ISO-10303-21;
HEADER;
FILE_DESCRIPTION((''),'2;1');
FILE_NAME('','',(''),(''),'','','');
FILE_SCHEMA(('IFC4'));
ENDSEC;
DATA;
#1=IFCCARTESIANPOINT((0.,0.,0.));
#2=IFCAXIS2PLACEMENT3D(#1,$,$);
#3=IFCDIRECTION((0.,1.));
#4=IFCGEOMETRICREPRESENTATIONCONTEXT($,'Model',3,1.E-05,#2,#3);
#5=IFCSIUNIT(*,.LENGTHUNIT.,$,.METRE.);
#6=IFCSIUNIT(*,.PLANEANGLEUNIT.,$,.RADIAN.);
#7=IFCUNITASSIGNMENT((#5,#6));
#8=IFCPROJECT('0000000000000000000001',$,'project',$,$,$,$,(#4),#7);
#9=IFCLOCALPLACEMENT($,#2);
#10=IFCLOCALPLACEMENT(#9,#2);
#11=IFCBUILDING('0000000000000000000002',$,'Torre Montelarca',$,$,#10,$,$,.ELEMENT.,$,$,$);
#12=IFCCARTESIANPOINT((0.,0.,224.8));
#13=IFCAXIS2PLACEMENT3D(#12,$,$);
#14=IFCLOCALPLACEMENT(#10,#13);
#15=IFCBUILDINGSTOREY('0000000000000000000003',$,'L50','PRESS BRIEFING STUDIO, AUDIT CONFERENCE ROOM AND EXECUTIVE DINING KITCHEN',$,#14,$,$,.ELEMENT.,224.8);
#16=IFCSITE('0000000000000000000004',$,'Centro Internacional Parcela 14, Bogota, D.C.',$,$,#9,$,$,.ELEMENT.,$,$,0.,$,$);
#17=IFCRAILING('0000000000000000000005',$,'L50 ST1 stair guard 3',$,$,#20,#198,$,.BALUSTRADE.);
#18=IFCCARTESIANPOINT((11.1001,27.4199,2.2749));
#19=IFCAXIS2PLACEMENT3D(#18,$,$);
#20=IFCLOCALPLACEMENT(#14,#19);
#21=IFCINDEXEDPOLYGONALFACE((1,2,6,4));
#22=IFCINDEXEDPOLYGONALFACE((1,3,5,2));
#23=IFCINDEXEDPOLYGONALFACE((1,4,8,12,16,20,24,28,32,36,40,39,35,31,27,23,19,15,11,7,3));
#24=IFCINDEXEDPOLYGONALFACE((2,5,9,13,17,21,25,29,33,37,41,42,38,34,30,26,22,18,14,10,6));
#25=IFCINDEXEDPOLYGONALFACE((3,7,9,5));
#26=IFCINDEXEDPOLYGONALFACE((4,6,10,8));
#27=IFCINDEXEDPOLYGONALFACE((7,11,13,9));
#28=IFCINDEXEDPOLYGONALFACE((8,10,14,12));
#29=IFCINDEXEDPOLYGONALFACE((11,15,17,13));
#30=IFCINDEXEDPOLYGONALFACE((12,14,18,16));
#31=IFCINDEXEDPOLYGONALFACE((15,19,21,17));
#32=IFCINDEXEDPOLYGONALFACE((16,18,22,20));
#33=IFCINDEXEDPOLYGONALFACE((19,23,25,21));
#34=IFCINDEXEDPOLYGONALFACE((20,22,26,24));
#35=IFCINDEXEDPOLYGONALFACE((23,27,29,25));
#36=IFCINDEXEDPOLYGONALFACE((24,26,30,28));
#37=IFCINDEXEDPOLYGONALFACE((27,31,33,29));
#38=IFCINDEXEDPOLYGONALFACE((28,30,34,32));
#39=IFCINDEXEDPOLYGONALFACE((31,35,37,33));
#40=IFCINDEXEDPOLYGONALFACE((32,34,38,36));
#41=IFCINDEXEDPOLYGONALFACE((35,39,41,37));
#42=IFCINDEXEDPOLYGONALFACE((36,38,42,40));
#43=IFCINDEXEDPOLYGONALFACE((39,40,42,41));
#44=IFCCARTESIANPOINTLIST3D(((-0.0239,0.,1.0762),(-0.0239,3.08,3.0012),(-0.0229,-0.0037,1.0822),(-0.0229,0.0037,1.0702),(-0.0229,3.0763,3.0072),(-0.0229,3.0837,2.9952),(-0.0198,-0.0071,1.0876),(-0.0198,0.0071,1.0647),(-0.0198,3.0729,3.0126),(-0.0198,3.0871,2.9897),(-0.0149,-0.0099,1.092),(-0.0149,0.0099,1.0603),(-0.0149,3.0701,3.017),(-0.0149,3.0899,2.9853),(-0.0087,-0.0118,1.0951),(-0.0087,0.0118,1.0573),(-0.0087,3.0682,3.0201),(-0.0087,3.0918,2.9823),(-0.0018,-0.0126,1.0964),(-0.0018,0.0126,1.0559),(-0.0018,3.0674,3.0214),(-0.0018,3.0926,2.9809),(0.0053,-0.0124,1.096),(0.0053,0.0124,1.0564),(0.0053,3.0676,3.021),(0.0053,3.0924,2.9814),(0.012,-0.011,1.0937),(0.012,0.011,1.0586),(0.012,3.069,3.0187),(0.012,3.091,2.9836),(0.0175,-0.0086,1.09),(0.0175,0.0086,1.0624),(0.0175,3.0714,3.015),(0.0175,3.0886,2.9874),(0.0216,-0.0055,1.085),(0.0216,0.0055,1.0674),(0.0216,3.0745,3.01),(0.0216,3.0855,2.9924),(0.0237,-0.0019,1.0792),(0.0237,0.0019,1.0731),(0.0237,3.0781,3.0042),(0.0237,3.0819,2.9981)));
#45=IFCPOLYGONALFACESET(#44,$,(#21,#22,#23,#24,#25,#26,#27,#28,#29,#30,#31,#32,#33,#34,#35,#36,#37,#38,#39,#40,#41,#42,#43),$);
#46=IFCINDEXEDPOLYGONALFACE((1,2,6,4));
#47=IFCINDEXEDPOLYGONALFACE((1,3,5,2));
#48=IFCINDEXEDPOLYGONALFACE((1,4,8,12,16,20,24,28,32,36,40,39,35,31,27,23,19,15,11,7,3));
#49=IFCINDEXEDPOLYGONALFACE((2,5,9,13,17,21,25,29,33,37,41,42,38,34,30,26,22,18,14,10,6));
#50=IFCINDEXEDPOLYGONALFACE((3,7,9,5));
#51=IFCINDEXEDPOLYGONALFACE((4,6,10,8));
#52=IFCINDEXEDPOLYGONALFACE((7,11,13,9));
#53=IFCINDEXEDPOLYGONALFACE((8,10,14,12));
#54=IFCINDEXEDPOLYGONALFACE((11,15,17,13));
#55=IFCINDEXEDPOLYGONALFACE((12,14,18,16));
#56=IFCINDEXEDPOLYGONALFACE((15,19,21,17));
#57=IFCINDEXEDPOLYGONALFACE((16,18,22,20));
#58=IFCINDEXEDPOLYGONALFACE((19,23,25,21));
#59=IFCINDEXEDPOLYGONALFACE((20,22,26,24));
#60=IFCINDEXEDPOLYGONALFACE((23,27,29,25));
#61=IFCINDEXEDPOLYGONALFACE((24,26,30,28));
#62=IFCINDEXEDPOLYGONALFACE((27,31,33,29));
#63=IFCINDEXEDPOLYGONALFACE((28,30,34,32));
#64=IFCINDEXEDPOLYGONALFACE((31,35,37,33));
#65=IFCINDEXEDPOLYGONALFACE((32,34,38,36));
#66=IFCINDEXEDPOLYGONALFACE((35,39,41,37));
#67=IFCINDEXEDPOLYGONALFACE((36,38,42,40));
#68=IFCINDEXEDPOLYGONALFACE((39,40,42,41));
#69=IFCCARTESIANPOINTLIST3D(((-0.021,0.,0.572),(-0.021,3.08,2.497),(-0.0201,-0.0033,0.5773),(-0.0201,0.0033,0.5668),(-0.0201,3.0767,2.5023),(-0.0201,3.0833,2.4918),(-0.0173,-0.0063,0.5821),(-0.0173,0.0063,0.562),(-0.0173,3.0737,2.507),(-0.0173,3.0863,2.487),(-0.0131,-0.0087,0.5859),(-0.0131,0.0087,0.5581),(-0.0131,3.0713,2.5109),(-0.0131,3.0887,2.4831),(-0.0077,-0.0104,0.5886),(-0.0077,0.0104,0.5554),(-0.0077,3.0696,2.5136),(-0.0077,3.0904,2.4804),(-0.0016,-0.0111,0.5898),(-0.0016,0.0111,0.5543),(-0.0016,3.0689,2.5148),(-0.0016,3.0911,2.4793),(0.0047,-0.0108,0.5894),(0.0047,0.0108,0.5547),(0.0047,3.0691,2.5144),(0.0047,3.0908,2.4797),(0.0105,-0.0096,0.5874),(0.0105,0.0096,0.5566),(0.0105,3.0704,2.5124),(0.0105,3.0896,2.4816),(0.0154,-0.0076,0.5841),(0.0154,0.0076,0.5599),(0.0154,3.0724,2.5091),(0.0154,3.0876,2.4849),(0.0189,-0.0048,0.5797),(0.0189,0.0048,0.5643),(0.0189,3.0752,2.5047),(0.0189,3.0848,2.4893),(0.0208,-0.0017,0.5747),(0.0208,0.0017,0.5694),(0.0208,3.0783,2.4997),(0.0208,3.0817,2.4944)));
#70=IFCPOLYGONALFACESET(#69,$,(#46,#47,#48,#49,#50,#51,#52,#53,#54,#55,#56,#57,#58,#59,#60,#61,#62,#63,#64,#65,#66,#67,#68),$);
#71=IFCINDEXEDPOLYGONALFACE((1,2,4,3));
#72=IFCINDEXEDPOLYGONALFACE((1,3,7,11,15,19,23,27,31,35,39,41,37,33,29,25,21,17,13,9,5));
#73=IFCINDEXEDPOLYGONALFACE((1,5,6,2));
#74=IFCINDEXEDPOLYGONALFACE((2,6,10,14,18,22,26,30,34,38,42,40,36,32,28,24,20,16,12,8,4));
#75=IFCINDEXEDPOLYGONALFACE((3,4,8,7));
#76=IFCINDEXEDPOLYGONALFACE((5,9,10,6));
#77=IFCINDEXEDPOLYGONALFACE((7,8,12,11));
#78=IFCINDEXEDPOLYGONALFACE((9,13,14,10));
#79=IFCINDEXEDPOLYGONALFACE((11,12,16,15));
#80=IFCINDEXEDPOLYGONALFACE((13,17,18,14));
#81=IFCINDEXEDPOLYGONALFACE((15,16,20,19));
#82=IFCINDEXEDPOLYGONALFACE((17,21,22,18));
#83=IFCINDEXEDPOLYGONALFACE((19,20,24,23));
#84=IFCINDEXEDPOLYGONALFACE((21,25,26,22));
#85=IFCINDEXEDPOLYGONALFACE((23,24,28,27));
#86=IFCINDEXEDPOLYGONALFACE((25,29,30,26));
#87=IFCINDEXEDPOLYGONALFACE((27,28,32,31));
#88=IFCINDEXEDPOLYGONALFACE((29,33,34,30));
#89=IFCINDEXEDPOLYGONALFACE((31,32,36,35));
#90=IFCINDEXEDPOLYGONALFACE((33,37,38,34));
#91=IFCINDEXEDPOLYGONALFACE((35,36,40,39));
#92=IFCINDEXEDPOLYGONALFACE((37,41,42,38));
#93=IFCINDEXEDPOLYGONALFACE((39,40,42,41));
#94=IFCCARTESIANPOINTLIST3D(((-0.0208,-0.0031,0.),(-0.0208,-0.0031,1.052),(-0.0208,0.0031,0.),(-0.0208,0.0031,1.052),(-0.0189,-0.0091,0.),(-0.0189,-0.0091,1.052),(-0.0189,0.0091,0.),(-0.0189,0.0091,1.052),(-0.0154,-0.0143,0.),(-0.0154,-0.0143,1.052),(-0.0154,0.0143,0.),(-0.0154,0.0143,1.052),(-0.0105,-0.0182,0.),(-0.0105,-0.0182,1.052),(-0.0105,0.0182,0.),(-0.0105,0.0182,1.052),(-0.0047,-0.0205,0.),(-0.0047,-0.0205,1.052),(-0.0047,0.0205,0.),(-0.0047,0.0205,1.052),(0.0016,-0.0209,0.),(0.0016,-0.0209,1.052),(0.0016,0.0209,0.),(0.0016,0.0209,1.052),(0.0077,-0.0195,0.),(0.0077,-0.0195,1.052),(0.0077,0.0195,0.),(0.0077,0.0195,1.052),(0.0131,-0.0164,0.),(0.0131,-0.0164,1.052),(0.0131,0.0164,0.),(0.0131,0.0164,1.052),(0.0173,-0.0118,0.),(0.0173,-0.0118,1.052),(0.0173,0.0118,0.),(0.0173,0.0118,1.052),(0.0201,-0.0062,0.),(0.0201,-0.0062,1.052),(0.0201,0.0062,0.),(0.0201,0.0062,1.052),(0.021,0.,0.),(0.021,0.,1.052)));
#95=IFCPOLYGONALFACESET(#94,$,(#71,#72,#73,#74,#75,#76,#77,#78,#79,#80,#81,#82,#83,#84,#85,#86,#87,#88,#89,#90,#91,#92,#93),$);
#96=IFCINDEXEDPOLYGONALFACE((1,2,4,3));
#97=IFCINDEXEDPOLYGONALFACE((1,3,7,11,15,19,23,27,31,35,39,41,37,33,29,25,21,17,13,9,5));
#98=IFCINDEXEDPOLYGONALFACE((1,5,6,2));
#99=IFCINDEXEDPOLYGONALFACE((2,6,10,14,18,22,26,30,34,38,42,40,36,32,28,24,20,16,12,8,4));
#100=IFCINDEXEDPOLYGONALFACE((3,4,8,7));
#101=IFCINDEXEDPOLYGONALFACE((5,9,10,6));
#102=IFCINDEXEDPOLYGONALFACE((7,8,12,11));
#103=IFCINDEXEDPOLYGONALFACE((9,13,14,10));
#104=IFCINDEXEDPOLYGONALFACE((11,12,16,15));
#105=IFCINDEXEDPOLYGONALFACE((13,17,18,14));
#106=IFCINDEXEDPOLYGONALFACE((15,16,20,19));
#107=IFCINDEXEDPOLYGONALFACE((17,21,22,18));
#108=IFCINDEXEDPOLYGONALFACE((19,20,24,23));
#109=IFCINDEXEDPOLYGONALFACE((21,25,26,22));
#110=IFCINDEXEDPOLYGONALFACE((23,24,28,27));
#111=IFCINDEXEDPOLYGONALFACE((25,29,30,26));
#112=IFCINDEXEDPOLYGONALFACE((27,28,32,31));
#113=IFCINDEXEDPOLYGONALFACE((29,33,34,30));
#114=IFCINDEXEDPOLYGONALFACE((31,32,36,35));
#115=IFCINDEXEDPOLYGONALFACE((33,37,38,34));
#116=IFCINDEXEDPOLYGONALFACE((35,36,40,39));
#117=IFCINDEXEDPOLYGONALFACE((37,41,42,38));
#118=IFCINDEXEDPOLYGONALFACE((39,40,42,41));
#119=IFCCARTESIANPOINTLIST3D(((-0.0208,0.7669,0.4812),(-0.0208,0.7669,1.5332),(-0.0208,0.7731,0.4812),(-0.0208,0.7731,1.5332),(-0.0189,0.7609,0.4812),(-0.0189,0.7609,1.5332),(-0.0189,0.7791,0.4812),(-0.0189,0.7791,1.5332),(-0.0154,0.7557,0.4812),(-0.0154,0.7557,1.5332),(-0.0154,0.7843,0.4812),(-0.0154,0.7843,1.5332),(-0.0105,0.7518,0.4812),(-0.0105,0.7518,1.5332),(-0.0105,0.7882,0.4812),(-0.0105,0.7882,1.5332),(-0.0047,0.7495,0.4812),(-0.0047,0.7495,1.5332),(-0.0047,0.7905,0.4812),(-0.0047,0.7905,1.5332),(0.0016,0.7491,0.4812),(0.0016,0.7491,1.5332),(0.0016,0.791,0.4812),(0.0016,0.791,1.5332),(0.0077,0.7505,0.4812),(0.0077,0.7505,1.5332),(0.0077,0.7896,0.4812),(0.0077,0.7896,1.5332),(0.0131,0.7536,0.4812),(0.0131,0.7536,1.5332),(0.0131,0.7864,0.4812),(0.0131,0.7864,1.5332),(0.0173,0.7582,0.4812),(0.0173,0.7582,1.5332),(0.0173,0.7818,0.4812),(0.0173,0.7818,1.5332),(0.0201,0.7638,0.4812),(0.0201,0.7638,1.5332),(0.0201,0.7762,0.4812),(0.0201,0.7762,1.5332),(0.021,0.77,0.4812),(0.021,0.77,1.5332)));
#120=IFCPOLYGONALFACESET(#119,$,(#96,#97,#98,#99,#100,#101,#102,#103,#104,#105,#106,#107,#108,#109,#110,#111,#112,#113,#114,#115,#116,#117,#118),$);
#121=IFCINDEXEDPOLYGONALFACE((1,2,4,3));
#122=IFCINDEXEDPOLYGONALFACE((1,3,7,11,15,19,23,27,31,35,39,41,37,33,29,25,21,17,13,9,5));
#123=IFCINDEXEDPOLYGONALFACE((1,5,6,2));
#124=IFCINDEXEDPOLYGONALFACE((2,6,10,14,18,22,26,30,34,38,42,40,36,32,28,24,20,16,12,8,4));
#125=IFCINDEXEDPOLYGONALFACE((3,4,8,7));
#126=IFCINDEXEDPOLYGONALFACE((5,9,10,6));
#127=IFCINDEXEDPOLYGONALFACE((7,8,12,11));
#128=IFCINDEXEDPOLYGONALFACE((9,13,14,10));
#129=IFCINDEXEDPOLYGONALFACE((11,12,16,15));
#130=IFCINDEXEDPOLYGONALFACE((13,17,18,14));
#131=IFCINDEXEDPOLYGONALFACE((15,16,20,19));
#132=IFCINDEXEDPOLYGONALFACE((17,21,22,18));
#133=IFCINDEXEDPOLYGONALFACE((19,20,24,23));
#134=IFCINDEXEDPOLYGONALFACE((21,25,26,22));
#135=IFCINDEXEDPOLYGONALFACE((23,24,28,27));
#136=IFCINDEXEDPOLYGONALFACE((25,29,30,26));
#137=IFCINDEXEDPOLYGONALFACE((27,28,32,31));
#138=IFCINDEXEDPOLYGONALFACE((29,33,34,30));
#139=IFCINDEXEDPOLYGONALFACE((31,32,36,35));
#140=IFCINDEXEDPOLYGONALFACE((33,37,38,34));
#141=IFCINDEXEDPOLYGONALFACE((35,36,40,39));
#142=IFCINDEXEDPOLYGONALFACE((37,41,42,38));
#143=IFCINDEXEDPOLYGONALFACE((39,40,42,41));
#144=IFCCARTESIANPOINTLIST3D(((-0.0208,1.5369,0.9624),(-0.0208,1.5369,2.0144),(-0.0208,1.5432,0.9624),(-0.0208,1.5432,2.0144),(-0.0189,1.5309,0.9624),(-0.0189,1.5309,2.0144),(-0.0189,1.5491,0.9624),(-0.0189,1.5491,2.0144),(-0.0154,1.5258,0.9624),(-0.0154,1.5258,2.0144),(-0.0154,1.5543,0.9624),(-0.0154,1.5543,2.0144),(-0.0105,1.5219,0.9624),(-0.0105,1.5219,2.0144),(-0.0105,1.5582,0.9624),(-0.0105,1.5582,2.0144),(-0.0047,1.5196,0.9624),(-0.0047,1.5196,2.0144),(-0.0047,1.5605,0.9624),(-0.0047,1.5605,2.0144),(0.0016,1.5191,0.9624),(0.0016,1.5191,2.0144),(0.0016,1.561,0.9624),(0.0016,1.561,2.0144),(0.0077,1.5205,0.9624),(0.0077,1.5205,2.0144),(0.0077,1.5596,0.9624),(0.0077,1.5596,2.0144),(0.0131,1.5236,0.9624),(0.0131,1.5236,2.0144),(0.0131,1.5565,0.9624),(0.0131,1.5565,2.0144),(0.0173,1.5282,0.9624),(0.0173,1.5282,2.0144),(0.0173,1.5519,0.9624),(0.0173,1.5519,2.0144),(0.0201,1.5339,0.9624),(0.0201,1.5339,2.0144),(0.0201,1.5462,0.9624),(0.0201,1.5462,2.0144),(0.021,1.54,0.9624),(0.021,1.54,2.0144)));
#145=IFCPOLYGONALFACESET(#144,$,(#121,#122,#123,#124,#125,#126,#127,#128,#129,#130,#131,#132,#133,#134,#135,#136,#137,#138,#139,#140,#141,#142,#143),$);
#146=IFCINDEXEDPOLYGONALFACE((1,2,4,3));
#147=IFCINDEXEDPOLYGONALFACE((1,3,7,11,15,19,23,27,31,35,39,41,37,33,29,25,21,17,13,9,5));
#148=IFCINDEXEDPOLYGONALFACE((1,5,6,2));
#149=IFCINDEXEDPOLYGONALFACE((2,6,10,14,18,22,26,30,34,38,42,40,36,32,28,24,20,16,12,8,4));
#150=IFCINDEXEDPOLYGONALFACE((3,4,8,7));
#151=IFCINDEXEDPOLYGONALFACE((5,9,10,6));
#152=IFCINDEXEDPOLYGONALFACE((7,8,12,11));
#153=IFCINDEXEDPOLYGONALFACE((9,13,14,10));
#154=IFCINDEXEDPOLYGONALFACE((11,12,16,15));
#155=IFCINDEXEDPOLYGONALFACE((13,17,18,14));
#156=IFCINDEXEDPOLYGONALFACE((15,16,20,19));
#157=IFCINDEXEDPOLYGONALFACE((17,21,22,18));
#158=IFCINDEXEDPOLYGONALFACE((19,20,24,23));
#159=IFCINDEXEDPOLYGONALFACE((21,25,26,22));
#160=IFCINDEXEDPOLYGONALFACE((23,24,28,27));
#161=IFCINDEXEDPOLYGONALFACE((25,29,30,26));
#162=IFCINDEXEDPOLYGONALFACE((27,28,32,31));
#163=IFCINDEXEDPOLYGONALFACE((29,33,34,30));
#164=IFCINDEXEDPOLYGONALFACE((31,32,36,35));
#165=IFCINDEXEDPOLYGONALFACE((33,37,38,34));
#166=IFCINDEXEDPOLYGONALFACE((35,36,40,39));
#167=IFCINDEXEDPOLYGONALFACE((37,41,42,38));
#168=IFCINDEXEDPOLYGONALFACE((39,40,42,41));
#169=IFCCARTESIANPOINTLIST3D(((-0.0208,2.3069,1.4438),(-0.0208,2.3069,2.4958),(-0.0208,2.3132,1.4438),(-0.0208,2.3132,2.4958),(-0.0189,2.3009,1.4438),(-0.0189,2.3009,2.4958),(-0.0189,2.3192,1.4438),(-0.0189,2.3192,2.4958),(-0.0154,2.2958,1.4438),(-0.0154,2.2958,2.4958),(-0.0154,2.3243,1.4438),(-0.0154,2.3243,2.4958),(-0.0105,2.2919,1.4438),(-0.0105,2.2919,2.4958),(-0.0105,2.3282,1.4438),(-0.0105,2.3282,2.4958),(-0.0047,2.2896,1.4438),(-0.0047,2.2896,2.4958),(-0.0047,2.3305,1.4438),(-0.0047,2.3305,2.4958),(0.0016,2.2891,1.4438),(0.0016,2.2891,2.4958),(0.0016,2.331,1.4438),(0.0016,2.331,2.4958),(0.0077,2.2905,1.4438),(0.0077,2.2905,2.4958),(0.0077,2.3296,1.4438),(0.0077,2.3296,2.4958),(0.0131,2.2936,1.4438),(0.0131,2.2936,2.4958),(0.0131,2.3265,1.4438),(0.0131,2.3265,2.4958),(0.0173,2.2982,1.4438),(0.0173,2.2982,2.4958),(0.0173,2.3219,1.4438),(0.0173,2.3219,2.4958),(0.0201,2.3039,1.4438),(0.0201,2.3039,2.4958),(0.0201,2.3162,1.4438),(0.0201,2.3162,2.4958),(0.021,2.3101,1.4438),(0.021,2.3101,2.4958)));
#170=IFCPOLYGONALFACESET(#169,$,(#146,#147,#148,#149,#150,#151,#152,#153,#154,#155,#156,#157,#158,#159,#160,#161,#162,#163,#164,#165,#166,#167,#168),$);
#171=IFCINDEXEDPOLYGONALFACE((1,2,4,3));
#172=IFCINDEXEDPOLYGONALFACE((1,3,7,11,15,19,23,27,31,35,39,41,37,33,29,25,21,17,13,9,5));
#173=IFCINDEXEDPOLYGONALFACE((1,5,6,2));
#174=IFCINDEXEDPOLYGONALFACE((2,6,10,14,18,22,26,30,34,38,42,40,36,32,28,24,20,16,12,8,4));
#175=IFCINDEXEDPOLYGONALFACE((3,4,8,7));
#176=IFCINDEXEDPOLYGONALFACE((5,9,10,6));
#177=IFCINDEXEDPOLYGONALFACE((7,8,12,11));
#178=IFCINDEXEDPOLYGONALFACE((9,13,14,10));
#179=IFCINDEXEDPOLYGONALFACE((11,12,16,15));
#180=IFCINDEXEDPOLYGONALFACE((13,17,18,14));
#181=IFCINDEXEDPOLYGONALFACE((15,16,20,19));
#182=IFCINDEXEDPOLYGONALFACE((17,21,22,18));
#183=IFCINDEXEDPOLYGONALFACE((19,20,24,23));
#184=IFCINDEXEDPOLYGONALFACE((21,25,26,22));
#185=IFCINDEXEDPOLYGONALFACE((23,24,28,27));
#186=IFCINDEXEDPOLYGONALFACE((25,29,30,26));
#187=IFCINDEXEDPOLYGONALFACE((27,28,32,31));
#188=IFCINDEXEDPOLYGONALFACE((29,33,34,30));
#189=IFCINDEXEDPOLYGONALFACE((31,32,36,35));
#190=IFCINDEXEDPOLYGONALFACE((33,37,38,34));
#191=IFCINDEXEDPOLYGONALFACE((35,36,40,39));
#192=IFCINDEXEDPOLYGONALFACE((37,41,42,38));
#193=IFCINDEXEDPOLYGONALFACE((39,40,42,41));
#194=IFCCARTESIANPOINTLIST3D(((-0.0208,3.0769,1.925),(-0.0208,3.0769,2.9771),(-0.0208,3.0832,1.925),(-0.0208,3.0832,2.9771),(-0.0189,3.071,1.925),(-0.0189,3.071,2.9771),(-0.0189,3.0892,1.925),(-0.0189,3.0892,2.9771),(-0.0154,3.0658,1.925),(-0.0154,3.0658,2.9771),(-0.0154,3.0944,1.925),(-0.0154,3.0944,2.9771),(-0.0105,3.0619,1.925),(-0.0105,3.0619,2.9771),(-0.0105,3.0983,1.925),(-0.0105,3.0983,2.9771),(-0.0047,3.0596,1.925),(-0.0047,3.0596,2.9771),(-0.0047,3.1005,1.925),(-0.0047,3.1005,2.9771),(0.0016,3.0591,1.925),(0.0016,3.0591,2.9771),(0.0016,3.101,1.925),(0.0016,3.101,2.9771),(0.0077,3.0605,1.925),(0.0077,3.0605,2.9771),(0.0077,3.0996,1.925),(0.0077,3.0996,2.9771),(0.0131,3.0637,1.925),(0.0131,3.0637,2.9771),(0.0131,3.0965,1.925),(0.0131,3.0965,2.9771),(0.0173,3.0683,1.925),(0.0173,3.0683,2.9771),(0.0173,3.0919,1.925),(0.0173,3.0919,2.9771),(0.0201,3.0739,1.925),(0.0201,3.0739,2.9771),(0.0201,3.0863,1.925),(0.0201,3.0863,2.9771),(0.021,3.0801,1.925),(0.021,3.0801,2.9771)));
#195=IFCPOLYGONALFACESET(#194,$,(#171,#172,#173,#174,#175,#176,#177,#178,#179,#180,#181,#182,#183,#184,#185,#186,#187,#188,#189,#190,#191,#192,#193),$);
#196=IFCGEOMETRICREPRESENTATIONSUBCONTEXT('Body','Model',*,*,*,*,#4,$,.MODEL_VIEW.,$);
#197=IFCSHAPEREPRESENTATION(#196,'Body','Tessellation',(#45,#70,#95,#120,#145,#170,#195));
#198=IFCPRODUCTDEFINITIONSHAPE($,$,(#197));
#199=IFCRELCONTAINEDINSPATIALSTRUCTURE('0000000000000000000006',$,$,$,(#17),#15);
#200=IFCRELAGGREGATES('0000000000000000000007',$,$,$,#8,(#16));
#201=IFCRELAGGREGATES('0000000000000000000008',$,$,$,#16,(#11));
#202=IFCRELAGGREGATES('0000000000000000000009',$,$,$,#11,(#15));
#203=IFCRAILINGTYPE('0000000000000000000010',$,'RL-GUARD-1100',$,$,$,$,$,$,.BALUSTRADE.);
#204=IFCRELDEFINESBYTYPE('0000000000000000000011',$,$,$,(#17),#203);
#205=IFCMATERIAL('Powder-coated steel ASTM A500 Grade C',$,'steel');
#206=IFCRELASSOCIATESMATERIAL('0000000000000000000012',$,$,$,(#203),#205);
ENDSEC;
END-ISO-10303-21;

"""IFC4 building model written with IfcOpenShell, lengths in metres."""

from ifc_helpers import new_model, si_unit, direction, frame, origin, origin_2d, place, context, subcontext, project, spatial, circle, extrude, material, type_object, element, save


model = new_model("IFC4")

# Units and contexts
model_context = context("Model", 3, precision=1e-05, world=origin(), true_north=direction((0.0, 1.0)))
body_context = subcontext(model_context, "Body", "Model", "MODEL_VIEW")
ifc_project = project(units=[si_unit("LENGTHUNIT", "METRE"), si_unit("PLANEANGLEUNIT", "RADIAN")], contexts=[model_context])

# Site, building, storey
site_placement = place(None, origin())
site = spatial("IfcSite", under=ifc_project, at=site_placement, Name="Centro Internacional Parcela 14, Bogota, D.C.", CompositionType="ELEMENT", RefElevation=0.0)
building_placement = place(site_placement, origin())
building = spatial("IfcBuilding", under=site, at=building_placement, Name="Torre Montelarca", CompositionType="ELEMENT")
storey_placement = place(building_placement, frame((0.0, 0.0, 224.8)))
storey = spatial("IfcBuildingStorey", under=building, at=storey_placement, Name="L50", Description="PRESS BRIEFING STUDIO, AUDIT CONFERENCE ROOM AND EXECUTIVE DINING KITCHEN", CompositionType="ELEMENT", Elevation=224.8)

# Railing
ifc_material_1 = material(Name="Powder-coated steel ASTM A500 Grade C", Category="steel")
railing_type_1 = type_object("IfcRailingType", Name="RL-GUARD-1100", PredefinedType="BALUSTRADE", material=ifc_material_1)
railing_1_placement = place(storey_placement, frame((11.1001, 27.4199, 2.2749)))
element("IfcRailing", 1, at=railing_1_placement, inside=storey, type_object=railing_type_1, Name="L50 ST1 stair guard 3", PredefinedType="BALUSTRADE", context=body_context, shape_type="SweptSolid", body=[
    extrude(circle(Radius=0.0239, at=origin_2d()), frame((0.0, 0.0, 1.0762), z_axis=(0.0, 0.847998, 0.529999), x_axis=(-1.0, 0.0, 0.0)), (0.0, 0.0, 1.0), 3.6321),
    extrude(circle(Radius=0.021, at=origin_2d()), frame((0.0, 0.0, 0.572), z_axis=(0.0, 0.847998, 0.529999), x_axis=(-1.0, 0.0, 0.0)), (0.0, 0.0, 1.0), 3.6321),
    extrude(circle(Radius=0.021, at=origin_2d()), origin(), (0.0, 0.0, 1.0), 1.052),
    extrude(circle(Radius=0.021, at=origin_2d()), frame((0.0, 0.77, 0.4812)), (0.0, 0.0, 1.0), 1.052),
    extrude(circle(Radius=0.021, at=origin_2d()), frame((0.0, 1.54, 0.9624)), (0.0, 0.0, 1.0), 1.052),
    extrude(circle(Radius=0.021, at=origin_2d()), frame((0.0, 2.3101, 1.4438)), (0.0, 0.0, 1.0), 1.052),
    extrude(circle(Radius=0.021, at=origin_2d()), frame((0.0, 3.0801, 1.925)), (0.0, 0.0, 1.0), 1.052),
])

save(model, "model.ifc")
